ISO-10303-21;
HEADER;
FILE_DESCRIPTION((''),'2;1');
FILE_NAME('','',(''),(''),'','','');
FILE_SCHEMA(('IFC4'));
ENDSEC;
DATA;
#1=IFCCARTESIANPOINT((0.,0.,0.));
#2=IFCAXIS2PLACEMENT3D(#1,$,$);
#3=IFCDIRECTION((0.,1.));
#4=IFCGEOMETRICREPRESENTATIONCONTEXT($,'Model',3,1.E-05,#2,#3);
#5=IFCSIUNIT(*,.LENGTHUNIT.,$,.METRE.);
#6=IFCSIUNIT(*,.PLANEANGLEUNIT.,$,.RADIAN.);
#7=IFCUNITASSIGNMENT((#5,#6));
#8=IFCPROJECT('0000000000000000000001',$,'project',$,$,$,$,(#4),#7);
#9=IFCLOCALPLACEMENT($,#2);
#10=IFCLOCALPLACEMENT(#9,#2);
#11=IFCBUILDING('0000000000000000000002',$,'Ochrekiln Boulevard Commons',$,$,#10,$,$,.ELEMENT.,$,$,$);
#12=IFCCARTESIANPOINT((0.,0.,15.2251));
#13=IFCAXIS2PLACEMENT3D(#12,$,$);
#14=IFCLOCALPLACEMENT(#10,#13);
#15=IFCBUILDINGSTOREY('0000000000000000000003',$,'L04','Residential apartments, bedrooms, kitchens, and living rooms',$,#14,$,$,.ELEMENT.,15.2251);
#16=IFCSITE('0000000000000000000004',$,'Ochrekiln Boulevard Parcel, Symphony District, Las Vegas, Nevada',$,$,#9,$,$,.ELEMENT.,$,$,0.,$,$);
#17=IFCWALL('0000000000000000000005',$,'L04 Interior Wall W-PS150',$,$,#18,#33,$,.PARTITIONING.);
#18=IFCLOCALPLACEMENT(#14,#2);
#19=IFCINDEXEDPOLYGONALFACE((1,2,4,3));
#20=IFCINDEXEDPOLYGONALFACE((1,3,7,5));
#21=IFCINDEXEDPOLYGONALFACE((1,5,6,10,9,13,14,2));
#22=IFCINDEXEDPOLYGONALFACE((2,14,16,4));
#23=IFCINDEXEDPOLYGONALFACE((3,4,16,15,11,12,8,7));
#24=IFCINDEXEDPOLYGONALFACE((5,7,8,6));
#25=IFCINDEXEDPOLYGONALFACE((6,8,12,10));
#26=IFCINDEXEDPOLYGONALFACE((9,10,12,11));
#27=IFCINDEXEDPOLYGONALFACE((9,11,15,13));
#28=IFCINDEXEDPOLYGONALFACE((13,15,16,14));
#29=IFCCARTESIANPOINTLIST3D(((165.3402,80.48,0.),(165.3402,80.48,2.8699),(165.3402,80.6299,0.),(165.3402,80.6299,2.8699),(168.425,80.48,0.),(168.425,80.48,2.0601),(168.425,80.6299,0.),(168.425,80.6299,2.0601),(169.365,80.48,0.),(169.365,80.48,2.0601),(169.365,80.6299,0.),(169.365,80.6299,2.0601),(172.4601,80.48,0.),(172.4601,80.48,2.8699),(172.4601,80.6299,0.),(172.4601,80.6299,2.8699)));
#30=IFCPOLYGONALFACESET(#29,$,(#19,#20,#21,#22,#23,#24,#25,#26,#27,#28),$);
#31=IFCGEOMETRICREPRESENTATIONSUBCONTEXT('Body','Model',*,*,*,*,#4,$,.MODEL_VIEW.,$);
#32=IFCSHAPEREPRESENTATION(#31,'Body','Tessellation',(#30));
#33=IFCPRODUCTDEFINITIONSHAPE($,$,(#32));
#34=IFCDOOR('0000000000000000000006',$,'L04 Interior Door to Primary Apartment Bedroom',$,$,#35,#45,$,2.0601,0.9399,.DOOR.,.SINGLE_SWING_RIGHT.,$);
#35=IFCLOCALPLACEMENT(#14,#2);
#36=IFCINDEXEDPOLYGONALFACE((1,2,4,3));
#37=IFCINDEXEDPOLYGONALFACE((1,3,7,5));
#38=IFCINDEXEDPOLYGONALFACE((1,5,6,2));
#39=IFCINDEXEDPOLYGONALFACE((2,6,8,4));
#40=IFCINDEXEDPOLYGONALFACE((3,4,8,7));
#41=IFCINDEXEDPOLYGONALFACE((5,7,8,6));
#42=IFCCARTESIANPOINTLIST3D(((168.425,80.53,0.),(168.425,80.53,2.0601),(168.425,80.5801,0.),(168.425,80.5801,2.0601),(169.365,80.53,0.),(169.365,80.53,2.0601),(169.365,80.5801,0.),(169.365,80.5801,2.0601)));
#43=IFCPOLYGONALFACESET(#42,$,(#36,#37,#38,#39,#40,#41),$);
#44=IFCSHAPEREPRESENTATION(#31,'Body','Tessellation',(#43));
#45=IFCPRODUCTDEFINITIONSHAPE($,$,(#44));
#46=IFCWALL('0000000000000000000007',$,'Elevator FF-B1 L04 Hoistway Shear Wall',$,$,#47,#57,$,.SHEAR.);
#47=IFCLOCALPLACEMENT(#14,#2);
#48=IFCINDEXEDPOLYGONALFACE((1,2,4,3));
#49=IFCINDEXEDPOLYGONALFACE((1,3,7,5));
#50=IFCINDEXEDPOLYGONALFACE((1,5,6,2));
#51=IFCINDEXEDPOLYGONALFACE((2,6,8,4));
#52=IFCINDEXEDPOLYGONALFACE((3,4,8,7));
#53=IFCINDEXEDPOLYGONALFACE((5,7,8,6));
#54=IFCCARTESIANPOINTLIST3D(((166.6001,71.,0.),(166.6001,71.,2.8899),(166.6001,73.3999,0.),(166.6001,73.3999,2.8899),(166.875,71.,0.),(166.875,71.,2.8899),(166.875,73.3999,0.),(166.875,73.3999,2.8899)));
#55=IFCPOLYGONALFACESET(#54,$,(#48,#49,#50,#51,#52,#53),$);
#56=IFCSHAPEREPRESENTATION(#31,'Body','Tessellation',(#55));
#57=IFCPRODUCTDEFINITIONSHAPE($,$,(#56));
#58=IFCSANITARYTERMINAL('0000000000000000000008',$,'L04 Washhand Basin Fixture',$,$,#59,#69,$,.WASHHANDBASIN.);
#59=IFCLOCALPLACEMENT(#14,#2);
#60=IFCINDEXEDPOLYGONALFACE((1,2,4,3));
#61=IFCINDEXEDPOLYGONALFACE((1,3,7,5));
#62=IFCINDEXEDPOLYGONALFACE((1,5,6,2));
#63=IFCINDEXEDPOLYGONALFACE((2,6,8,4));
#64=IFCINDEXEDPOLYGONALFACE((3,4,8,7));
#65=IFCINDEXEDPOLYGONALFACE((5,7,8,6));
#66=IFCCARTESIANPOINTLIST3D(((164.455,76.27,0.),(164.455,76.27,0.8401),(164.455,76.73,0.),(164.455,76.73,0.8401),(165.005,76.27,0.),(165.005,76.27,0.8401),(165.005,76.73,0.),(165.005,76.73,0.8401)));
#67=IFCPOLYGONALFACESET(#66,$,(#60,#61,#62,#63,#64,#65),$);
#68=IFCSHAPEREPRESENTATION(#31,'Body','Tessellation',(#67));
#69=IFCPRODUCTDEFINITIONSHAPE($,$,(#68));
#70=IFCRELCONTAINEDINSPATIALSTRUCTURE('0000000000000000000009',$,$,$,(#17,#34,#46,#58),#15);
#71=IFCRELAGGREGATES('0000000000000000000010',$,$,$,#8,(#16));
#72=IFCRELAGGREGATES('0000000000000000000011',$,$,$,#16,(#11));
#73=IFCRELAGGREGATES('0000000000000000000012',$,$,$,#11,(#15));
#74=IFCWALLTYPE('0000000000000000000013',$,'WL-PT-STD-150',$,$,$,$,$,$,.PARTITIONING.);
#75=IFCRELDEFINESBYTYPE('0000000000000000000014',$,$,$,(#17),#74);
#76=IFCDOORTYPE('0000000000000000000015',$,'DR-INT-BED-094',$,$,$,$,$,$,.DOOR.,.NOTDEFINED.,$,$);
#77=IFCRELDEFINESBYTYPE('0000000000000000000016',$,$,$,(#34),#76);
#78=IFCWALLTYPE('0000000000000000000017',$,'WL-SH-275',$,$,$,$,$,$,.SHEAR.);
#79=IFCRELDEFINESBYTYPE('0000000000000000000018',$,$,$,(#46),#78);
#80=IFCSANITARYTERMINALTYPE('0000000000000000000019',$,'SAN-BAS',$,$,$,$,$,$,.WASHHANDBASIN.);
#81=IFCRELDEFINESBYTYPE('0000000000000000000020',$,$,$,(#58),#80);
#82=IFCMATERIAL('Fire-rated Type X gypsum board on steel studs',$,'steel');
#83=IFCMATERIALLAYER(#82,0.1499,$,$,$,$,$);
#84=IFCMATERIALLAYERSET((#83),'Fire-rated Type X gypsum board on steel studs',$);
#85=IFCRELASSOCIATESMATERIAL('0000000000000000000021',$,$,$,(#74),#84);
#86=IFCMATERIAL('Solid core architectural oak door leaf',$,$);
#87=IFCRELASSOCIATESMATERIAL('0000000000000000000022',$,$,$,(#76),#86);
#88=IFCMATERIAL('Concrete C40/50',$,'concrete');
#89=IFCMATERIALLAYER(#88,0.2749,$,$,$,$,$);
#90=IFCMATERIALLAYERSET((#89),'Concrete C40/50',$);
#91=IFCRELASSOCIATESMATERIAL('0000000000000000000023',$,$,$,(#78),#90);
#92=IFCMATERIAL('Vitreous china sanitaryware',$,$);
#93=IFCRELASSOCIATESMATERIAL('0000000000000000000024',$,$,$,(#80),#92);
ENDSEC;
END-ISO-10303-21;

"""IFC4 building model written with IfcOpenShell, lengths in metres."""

from ifc_helpers import new_model, si_unit, direction, frame, frame_2d, origin, origin_2d, place, context, subcontext, project, spatial, rectangle, extrude, material, layer, layer_set, type_object, element, fill, save


model = new_model("IFC4")

# Units and contexts
model_context = context("Model", 3, precision=1e-05, world=origin(), true_north=direction((0.0, 1.0)))
body_context = subcontext(model_context, "Body", "Model", "MODEL_VIEW")
ifc_project = project(units=[si_unit("LENGTHUNIT", "METRE"), si_unit("PLANEANGLEUNIT", "RADIAN")], contexts=[model_context])

# Site, building, storey
site_placement = place(None, origin())
site = spatial("IfcSite", under=ifc_project, at=site_placement, Name="Ochrekiln Boulevard Parcel, Symphony District, Las Vegas, Nevada", CompositionType="ELEMENT", RefElevation=0.0)
building_placement = place(site_placement, origin())
building = spatial("IfcBuilding", under=site, at=building_placement, Name="Ochrekiln Boulevard Commons", CompositionType="ELEMENT")
storey_placement = place(building_placement, frame((0.0, 0.0, 15.2251)))
storey = spatial("IfcBuildingStorey", under=building, at=storey_placement, Name="L04", Description="Residential apartments, bedrooms, kitchens, and living rooms", CompositionType="ELEMENT", Elevation=15.2251)

# Shared definitions
ifc_material_1 = material(Name="Concrete C40/50", Category="concrete")

# Wall, opening, door
ifc_material_2 = material(Name="Fire-rated Type X gypsum board on steel studs", Category="steel")
ifc_layer_1 = layer(ifc_material_2, 0.1499)
ifc_layer_set_1 = layer_set([ifc_layer_1], Name="Fire-rated Type X gypsum board on steel studs")
wall_type_1 = type_object("IfcWallType", Name="WL-PT-STD-150", PredefinedType="PARTITIONING", material=ifc_layer_set_1)
wall_1_placement = place(storey_placement, frame((165.3401, 80.5549, 0.0), z_axis=(0.0, 0.0, 1.0), x_axis=(1.0, 0.0, 0.0)))
wall_1 = element("IfcWall", 1, at=wall_1_placement, inside=storey, type_object=wall_type_1, Name="L04 Interior Wall W-PS150", PredefinedType="PARTITIONING", context=body_context, shape_type="SweptSolid", body=[
    extrude(rectangle(XDim=7.1199, YDim=0.1499, at=frame_2d((3.5601, 0.0))), origin(), (0.0, 0.0, 1.0), 2.8699),
])
opening_1_placement = place(wall_1_placement, frame((3.085, 0.0, 0.0)))
opening_1 = element("IfcOpeningElement", 2, at=opening_1_placement, cuts=wall_1, PredefinedType="OPENING", context=body_context, shape_type="SweptSolid", body=[
    extrude(rectangle(XDim=0.9399, YDim=2.0601, at=frame_2d((0.47, 1.03))), frame((0.0, 0.085, 0.0), z_axis=(0.0, -1.0, 0.0), x_axis=(1.0, 0.0, 0.0)), (0.0, 0.0, 1.0), 0.1699),
])
ifc_material_3 = material(Name="Solid core architectural oak door leaf")
door_type_1 = type_object("IfcDoorType", Name="DR-INT-BED-094", OperationType="NOTDEFINED", PredefinedType="DOOR", material=ifc_material_3)
door_1_placement = place(opening_1_placement, frame((0.9399, 0.0, 0.0), z_axis=(0.0, 0.0, 1.0), x_axis=(-1.0, 0.0, 0.0)))
door_1 = element("IfcDoor", 3, at=door_1_placement, inside=storey, type_object=door_type_1, Name="L04 Interior Door to Primary Apartment Bedroom", OperationType="SINGLE_SWING_RIGHT", OverallHeight=2.0601, OverallWidth=0.9399, PredefinedType="DOOR", context=body_context, shape_type="SweptSolid", body=[
    extrude(rectangle(XDim=0.9399, YDim=2.0601, at=frame_2d((0.47, 1.03))), frame((0.0, 0.0249, 0.0), z_axis=(0.0, -1.0, 0.0), x_axis=(1.0, 0.0, 0.0)), (0.0, 0.0, 1.0), 0.05),
])
fill(opening_1, door_1)
ifc_layer_2 = layer(ifc_material_1, 0.2749)
ifc_layer_set_2 = layer_set([ifc_layer_2], Name="Concrete C40/50")
wall_type_2 = type_object("IfcWallType", Name="WL-SH-275", PredefinedType="SHEAR", material=ifc_layer_set_2)

# Wall
wall_2_placement = place(storey_placement, frame((166.7375, 71.0, 0.0), z_axis=(0.0, 0.0, 1.0), x_axis=(0.0, 1.0, 0.0)))
element("IfcWall", 4, at=wall_2_placement, inside=storey, type_object=wall_type_2, Name="Elevator FF-B1 L04 Hoistway Shear Wall", PredefinedType="SHEAR", context=body_context, shape_type="SweptSolid", body=[
    extrude(rectangle(XDim=2.3999, YDim=0.2749, at=frame_2d((1.2, 0.0))), origin(), (0.0, 0.0, 1.0), 2.8899),
])

# Sanitary terminal
ifc_material_4 = material(Name="Vitreous china sanitaryware")
sanitary_terminal_type = type_object("IfcSanitaryTerminalType", Name="SAN-BAS", PredefinedType="WASHHANDBASIN", material=ifc_material_4)
sanitary_terminal_placement = place(storey_placement, frame((164.73, 76.5, 0.0), z_axis=(0.0, 0.0, 1.0), x_axis=(1.0, 0.0, 0.0)))
element("IfcSanitaryTerminal", 5, at=sanitary_terminal_placement, inside=storey, type_object=sanitary_terminal_type, Name="L04 Washhand Basin Fixture", PredefinedType="WASHHANDBASIN", context=body_context, shape_type="SweptSolid", body=[
    extrude(rectangle(XDim=0.55, YDim=0.46, at=origin_2d()), origin(), (0.0, 0.0, 1.0), 0.8401),
])

save(model, "model.ifc")
